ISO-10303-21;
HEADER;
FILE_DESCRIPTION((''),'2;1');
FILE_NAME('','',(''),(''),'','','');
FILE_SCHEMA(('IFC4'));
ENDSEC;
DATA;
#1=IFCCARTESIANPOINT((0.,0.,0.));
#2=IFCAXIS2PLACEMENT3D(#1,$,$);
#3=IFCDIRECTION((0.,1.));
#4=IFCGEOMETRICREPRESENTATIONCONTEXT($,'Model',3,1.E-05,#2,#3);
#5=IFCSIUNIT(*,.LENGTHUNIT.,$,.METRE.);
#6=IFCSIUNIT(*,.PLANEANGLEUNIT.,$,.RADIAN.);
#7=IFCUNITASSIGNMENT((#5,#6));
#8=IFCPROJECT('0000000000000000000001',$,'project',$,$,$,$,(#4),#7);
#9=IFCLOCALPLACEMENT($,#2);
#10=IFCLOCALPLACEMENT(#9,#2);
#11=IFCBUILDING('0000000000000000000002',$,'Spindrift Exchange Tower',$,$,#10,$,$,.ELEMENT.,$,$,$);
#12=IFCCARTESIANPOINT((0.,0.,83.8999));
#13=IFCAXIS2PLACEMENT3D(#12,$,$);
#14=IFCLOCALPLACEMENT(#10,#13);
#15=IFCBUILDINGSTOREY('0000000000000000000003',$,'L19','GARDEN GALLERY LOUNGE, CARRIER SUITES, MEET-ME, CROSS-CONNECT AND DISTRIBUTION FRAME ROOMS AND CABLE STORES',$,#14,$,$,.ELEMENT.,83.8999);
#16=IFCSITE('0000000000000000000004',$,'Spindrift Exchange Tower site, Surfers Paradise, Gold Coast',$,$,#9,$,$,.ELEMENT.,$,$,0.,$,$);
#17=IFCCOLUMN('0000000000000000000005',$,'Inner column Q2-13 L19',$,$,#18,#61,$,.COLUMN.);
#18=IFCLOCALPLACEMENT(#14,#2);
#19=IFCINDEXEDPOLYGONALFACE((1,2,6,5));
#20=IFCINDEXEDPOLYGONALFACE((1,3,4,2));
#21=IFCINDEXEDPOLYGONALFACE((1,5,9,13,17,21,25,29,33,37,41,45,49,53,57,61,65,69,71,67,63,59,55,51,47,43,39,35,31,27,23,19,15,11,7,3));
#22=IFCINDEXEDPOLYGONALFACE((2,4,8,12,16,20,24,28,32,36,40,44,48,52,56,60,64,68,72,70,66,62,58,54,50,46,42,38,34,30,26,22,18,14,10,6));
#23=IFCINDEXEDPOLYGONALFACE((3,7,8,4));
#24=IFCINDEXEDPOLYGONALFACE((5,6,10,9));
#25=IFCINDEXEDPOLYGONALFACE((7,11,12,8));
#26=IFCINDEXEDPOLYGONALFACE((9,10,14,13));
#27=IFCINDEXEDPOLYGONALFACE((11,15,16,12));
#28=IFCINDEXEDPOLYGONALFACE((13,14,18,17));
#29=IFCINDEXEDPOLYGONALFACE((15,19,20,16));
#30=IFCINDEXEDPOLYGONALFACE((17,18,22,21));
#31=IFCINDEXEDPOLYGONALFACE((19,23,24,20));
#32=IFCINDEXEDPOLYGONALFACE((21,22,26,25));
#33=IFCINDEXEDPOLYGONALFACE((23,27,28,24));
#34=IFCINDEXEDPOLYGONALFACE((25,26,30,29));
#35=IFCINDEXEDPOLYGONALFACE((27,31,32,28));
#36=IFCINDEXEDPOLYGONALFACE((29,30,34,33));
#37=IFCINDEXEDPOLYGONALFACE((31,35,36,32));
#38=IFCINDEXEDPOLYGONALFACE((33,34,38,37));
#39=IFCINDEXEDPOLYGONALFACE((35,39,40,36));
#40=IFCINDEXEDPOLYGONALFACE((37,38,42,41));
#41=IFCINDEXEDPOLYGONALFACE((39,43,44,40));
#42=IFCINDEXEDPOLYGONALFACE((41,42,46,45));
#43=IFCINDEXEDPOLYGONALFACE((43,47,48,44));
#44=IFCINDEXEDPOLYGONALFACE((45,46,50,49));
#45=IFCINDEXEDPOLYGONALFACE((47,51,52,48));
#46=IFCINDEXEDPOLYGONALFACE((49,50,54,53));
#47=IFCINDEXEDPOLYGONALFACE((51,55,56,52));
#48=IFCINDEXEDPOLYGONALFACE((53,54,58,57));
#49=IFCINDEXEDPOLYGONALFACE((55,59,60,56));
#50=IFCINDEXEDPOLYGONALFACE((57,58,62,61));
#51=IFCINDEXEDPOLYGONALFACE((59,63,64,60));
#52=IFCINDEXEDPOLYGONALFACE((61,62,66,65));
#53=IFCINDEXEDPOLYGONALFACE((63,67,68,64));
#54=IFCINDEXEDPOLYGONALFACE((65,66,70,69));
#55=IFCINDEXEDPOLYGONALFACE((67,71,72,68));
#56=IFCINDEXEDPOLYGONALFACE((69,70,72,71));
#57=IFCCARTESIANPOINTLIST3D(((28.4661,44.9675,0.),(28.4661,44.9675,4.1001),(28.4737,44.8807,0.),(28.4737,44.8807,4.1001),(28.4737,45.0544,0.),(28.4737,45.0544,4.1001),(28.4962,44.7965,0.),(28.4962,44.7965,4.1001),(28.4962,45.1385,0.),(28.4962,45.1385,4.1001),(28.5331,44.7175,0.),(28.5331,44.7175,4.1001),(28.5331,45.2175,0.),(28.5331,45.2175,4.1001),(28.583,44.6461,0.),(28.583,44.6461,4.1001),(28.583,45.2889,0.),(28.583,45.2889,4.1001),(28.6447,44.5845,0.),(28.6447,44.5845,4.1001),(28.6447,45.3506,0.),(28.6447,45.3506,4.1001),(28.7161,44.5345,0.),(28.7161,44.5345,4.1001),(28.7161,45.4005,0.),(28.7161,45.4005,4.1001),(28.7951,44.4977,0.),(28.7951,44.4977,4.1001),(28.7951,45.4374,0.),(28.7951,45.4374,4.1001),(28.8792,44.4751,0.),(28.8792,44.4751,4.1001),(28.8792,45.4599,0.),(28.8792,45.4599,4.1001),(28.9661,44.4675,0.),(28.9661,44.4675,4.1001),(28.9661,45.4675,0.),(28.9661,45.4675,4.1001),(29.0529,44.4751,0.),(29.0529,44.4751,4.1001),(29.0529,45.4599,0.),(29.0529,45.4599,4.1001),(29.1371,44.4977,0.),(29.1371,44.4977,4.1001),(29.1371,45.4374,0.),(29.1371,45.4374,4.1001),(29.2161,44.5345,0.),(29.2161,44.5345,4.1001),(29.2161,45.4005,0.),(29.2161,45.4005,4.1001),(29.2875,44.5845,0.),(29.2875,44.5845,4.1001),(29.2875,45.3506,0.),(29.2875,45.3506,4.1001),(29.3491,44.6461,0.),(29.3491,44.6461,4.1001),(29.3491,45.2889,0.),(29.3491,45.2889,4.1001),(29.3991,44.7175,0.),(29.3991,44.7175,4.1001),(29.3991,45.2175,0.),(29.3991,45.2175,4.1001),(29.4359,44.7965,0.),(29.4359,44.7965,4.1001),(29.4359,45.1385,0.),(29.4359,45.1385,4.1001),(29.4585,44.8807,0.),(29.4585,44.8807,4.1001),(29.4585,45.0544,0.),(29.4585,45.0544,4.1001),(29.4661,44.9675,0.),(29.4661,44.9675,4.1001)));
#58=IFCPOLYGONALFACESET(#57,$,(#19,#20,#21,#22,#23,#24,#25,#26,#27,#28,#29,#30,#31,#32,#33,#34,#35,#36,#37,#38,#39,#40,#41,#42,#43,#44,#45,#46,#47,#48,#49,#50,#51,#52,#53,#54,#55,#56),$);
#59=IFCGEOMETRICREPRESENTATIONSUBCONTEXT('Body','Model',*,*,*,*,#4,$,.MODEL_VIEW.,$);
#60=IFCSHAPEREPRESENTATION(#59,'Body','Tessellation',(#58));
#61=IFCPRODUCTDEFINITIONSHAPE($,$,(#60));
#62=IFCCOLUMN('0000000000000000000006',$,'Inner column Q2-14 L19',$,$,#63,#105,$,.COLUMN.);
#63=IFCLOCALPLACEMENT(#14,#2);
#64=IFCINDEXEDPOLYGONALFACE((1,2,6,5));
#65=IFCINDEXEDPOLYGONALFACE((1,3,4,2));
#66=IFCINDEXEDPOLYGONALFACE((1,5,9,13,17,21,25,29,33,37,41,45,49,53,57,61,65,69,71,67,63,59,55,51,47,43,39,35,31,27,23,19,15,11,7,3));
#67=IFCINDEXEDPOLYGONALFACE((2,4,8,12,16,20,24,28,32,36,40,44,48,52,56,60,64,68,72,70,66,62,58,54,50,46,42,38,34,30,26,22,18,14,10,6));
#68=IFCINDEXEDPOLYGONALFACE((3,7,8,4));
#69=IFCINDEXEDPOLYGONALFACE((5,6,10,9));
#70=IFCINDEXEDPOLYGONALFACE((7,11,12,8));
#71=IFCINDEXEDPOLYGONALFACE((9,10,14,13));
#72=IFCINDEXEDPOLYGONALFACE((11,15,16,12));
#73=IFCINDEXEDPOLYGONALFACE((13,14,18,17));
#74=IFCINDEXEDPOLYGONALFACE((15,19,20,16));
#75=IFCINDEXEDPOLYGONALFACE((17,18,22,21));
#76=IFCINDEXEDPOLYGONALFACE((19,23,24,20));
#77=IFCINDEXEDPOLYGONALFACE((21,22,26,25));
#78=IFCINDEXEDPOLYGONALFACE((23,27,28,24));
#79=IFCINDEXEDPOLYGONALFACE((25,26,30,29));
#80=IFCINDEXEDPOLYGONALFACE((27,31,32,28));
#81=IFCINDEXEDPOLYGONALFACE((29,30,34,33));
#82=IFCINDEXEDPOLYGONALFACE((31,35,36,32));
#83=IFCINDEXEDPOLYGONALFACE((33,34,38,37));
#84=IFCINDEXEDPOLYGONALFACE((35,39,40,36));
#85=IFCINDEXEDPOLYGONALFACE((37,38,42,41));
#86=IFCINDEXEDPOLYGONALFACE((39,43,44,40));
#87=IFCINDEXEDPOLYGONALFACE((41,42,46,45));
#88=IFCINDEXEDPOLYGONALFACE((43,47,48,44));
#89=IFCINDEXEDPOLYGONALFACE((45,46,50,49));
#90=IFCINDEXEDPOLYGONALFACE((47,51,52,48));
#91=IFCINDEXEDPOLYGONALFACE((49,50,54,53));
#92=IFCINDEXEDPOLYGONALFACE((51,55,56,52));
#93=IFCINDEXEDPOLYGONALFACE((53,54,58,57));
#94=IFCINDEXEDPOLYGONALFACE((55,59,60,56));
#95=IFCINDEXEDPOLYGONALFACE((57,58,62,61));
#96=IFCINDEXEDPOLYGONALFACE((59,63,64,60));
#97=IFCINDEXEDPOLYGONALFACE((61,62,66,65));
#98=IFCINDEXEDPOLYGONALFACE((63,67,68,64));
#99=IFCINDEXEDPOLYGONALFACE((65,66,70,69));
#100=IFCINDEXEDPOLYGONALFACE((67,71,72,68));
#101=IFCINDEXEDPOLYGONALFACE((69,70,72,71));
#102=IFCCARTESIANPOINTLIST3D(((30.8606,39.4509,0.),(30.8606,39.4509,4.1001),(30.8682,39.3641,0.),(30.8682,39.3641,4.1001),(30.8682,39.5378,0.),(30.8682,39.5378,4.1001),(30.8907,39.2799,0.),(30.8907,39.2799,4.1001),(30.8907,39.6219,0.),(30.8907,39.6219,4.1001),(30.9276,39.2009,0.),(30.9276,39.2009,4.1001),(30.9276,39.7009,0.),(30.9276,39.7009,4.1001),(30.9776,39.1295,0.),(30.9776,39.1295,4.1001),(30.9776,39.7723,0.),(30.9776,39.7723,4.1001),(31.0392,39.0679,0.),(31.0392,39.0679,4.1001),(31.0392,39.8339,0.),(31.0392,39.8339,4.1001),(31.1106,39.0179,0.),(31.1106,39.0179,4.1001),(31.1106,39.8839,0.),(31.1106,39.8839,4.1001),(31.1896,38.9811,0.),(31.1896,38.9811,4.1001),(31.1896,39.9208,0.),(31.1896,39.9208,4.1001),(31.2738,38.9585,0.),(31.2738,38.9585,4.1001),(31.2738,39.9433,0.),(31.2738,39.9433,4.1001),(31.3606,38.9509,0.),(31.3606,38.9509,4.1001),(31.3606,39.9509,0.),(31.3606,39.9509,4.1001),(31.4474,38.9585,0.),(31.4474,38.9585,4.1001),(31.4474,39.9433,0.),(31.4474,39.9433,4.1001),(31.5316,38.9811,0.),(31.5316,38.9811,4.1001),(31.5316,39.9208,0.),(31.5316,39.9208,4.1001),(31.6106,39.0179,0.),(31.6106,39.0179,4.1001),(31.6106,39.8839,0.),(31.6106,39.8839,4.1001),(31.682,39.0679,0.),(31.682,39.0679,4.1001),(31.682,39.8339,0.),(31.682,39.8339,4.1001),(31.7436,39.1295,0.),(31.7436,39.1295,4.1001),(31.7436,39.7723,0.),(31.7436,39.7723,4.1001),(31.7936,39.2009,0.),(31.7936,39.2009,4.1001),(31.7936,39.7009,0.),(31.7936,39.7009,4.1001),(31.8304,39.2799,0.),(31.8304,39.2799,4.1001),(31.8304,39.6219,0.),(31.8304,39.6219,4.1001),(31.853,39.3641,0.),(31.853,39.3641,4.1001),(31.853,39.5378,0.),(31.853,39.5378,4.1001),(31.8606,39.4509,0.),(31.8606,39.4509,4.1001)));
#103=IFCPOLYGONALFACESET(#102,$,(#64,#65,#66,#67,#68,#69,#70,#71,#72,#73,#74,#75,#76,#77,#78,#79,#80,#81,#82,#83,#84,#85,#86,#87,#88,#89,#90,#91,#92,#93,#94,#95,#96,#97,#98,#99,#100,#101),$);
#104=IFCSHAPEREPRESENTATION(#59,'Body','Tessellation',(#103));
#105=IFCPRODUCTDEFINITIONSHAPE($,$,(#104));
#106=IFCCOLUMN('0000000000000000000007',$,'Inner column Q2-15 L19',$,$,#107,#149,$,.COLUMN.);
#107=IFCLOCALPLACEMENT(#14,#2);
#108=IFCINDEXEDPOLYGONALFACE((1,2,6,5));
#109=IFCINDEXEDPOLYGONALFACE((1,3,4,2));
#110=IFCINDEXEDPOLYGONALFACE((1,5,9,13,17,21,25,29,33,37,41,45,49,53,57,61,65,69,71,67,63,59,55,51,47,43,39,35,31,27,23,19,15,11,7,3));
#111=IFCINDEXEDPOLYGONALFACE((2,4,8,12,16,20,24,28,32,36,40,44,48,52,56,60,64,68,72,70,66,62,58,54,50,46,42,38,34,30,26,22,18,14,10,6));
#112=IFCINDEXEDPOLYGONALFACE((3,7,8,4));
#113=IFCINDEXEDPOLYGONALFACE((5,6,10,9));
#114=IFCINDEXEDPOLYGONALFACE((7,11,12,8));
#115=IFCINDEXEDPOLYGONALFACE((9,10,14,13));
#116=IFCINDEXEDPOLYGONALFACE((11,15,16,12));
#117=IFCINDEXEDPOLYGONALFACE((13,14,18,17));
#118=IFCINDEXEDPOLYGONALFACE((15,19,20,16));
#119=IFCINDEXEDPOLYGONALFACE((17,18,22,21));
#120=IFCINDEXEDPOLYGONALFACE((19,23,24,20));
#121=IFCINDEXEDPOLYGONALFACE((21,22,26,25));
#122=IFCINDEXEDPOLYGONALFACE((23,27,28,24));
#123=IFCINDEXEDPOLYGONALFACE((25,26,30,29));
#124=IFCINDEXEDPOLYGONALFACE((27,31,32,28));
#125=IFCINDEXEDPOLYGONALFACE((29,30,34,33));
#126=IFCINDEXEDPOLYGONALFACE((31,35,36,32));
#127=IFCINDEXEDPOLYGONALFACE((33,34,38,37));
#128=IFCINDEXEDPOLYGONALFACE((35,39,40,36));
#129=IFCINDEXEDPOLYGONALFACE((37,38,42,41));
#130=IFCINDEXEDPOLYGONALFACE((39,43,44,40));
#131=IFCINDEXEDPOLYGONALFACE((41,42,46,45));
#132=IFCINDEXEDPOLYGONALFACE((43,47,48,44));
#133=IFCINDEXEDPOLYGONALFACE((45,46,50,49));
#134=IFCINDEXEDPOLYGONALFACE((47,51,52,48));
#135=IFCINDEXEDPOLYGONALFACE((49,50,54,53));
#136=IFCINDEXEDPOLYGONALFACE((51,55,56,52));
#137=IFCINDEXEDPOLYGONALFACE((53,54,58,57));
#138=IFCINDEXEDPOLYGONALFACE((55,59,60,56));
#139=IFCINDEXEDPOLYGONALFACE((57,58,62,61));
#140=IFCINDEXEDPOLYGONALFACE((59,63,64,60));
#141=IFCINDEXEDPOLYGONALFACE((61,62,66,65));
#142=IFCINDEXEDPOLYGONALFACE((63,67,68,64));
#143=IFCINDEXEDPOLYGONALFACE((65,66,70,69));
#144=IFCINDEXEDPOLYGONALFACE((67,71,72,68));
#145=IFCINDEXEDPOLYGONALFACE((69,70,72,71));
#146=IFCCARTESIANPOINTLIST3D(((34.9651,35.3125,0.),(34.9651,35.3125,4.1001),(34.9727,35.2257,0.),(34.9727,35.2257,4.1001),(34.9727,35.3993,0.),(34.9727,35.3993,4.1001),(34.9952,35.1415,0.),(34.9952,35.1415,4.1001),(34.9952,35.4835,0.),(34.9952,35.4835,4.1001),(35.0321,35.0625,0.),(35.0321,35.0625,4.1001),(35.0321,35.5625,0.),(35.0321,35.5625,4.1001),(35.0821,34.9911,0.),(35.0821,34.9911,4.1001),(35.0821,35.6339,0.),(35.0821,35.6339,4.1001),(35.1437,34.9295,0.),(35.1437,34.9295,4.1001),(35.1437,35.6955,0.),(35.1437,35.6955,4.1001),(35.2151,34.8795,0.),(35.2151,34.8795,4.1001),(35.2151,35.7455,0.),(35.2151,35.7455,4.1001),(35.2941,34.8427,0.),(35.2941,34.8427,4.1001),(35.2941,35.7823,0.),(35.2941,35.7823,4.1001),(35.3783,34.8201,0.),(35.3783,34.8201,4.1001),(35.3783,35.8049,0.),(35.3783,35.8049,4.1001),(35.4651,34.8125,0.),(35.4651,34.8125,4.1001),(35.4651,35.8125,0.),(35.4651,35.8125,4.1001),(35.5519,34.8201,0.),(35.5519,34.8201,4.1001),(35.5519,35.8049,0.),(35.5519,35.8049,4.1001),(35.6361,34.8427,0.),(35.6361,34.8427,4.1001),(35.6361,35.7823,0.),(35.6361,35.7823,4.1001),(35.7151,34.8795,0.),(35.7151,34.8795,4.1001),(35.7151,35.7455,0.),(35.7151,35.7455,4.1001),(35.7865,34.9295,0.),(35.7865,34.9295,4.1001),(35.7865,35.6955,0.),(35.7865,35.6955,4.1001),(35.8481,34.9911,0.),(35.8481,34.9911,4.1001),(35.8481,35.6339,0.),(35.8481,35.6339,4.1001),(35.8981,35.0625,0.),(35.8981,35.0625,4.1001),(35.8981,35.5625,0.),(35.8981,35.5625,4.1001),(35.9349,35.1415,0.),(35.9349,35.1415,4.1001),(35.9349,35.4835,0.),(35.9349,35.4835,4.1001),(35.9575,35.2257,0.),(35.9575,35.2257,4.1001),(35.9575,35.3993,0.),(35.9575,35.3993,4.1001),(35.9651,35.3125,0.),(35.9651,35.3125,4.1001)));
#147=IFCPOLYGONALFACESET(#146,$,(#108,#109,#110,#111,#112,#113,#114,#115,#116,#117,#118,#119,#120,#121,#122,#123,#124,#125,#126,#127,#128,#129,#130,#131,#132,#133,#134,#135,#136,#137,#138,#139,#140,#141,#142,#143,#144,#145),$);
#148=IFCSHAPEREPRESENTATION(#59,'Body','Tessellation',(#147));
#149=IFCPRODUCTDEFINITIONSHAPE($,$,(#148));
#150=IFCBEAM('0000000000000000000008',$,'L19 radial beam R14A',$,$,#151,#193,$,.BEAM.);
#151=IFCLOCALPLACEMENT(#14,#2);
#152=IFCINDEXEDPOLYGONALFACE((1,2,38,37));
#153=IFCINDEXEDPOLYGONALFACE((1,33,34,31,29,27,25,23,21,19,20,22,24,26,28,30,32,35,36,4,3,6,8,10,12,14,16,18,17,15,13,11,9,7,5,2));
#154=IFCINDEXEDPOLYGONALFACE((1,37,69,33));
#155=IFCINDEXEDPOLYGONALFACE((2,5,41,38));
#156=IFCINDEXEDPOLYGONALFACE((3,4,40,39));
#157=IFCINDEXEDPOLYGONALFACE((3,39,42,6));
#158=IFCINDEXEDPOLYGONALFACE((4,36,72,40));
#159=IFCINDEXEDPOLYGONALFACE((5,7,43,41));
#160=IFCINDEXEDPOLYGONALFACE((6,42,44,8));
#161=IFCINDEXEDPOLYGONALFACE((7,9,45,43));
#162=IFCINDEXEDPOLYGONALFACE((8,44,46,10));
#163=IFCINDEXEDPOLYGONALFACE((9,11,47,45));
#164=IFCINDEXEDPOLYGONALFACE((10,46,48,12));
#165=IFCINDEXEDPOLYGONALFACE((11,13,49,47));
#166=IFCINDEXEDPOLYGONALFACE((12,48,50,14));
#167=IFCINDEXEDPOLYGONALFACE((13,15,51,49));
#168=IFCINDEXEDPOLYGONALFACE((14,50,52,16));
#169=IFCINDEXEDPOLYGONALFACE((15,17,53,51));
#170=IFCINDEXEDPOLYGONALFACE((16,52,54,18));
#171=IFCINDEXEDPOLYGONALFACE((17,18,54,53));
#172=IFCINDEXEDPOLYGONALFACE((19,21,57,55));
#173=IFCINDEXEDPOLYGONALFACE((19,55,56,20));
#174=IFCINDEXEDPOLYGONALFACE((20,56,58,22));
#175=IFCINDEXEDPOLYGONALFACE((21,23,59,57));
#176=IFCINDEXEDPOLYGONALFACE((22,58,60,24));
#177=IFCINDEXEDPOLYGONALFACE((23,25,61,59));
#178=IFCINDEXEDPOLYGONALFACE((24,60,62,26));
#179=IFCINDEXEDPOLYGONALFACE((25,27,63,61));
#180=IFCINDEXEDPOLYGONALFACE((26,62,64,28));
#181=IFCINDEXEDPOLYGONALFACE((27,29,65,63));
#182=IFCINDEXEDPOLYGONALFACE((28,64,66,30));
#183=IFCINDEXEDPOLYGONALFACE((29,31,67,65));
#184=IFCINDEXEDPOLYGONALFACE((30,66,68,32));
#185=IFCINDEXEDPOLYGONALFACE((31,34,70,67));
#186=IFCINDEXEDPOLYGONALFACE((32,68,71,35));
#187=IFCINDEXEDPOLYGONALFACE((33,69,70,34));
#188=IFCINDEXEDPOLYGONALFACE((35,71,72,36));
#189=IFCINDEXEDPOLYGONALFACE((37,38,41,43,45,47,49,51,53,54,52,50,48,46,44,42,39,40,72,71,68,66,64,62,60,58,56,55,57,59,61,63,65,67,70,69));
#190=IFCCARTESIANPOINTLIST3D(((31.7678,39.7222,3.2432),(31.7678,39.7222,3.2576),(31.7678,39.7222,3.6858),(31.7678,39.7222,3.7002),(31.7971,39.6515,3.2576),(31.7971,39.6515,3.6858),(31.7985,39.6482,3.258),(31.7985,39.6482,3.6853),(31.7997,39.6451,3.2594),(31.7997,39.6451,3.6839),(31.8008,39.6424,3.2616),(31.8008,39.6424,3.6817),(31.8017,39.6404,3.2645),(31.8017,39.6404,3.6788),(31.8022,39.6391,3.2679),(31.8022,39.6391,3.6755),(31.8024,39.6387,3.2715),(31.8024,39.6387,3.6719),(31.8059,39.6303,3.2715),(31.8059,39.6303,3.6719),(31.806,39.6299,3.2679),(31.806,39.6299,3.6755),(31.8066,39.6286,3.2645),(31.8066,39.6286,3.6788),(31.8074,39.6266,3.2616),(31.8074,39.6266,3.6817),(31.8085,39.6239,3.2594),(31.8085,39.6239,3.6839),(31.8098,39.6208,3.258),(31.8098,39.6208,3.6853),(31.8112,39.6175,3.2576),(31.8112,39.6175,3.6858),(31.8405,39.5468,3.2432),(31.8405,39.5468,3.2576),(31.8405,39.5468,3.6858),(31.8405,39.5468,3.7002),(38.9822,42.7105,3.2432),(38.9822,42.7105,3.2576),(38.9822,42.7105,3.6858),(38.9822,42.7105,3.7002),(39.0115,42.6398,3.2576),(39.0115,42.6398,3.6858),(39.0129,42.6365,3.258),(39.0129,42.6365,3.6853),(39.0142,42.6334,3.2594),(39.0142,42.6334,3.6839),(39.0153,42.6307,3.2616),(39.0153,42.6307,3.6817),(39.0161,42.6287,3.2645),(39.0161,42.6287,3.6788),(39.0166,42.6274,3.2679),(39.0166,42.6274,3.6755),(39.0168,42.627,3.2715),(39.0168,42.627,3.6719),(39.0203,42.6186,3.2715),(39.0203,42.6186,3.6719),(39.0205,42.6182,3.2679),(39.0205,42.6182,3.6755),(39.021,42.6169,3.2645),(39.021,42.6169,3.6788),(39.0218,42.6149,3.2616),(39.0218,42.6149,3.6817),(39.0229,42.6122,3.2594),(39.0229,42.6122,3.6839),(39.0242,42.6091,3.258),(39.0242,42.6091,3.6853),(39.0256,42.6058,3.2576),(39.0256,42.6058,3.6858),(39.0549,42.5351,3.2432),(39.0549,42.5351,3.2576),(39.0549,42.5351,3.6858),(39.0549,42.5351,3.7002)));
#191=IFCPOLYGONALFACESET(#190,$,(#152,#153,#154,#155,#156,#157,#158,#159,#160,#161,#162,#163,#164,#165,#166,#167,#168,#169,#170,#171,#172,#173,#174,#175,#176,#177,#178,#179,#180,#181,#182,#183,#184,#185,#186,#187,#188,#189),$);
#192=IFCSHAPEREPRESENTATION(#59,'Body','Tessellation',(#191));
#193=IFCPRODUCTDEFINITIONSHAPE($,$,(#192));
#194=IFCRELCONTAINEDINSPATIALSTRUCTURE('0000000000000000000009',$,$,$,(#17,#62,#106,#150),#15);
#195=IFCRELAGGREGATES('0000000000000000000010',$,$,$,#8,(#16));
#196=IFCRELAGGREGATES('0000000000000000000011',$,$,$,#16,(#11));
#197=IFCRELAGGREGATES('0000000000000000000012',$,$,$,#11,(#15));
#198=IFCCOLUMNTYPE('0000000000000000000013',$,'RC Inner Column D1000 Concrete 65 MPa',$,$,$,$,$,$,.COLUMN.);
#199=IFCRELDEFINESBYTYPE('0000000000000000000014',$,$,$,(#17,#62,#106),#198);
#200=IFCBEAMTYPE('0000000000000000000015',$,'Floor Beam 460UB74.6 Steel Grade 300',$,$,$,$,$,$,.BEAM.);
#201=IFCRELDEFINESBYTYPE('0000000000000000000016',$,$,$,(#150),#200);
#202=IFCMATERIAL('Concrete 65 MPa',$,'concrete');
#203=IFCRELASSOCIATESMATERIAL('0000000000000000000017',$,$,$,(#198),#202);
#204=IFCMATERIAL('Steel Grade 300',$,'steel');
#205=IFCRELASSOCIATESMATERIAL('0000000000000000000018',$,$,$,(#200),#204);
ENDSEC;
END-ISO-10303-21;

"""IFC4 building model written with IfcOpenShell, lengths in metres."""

from ifc_helpers import new_model, si_unit, direction, frame, origin, origin_2d, place, context, subcontext, project, spatial, circle, i_section, extrude, source, transform, mapped, material, material_profile, profile_set, type_object, element, save


model = new_model("IFC4")

# Units and contexts
model_context = context("Model", 3, precision=1e-05, world=origin(), true_north=direction((0.0, 1.0)))
body_context = subcontext(model_context, "Body", "Model", "MODEL_VIEW")
ifc_project = project(units=[si_unit("LENGTHUNIT", "METRE"), si_unit("PLANEANGLEUNIT", "RADIAN")], contexts=[model_context])

# Site, building, storey
site_placement = place(None, origin())
site = spatial("IfcSite", under=ifc_project, at=site_placement, Name="Spindrift Exchange Tower site, Surfers Paradise, Gold Coast", CompositionType="ELEMENT", RefElevation=0.0)
building_placement = place(site_placement, origin())
building = spatial("IfcBuilding", under=site, at=building_placement, Name="Spindrift Exchange Tower", CompositionType="ELEMENT")
storey_placement = place(building_placement, frame((0.0, 0.0, 83.8999)))
storey = spatial("IfcBuildingStorey", under=building, at=storey_placement, Name="L19", Description="GARDEN GALLERY LOUNGE, CARRIER SUITES, MEET-ME, CROSS-CONNECT AND DISTRIBUTION FRAME ROOMS AND CABLE STORES", CompositionType="ELEMENT", Elevation=83.8999)

# Columns
ifc_material_1 = material(Name="Concrete 65 MPa", Category="concrete")
ifc_material_profile_1 = material_profile(ifc_material_1, circle(Radius=0.5, at=origin_2d()), Name="RC D1000")
ifc_profile_set_1 = profile_set([ifc_material_profile_1], Name="Concrete 65 MPa")
column_type = type_object("IfcColumnType", Name="RC Inner Column D1000 Concrete 65 MPa", PredefinedType="COLUMN", material=ifc_profile_set_1)
shared_shape_1 = source(origin(), body_context, "Body", "SweptSolid", [
    extrude(circle(Radius=0.5, at=origin_2d()), origin(), (0.0, 0.0, 1.0), 4.1001),
])
for number, where, z_axis, x_axis, name in (
    (1, (28.9661, 44.9675, 0.0), (0.0, 0.0, 1.0), (1.0, 0.0, 0.0), "Inner column Q2-13 L19"),
    (2, (31.3606, 39.4509, 0.0), (0.0, 0.0, 1.0), (1.0, 0.0, 0.0), "Inner column Q2-14 L19"),
    (3, (35.4651, 35.3125, 0.0), (0.0, 0.0, 1.0), (1.0, 0.0, 0.0), "Inner column Q2-15 L19"),
):
    element("IfcColumn", number, at=place(storey_placement, frame(where, z_axis=z_axis, x_axis=x_axis)), inside=storey, type_object=column_type, Name=name, PredefinedType="COLUMN", context=body_context, shape_type="MappedRepresentation", body=[
        mapped(shared_shape_1, transform((0.0, 0.0, 0.0), scale=1.0)),
    ])

# Beam
ifc_material_2 = material(Name="Steel Grade 300", Category="steel")
ifc_material_profile_2 = material_profile(ifc_material_2, i_section(OverallWidth=0.1899, OverallDepth=0.457, WebThickness=0.009, FlangeThickness=0.0144, FilletRadius=0.0139, at=origin_2d()), Name="460UB74.6")
ifc_profile_set_2 = profile_set([ifc_material_profile_2], Name="Steel Grade 300")
beam_type_1 = type_object("IfcBeamType", Name="Floor Beam 460UB74.6 Steel Grade 300", PredefinedType="BEAM", material=ifc_profile_set_2)
shared_shape_2 = source(origin(), body_context, "Body", "SweptSolid", [
    extrude(i_section(OverallWidth=0.1899, OverallDepth=0.457, WebThickness=0.009, FlangeThickness=0.0144, FilletRadius=0.0139, at=origin_2d()), origin(), (0.0, 0.0, 1.0), 7.8088),
])
beam_1_placement = place(storey_placement, frame((39.0186, 42.6228, 3.4717), z_axis=(-0.92388, -0.382683, 0.0), x_axis=(0.382683, -0.92388, 0.0)))
element("IfcBeam", 4, at=beam_1_placement, inside=storey, type_object=beam_type_1, Name="L19 radial beam R14A", PredefinedType="BEAM", context=body_context, shape_type="MappedRepresentation", body=[
    mapped(shared_shape_2, transform((0.0, 0.0, 0.0), scale=1.0)),
])

save(model, "model.ifc")
